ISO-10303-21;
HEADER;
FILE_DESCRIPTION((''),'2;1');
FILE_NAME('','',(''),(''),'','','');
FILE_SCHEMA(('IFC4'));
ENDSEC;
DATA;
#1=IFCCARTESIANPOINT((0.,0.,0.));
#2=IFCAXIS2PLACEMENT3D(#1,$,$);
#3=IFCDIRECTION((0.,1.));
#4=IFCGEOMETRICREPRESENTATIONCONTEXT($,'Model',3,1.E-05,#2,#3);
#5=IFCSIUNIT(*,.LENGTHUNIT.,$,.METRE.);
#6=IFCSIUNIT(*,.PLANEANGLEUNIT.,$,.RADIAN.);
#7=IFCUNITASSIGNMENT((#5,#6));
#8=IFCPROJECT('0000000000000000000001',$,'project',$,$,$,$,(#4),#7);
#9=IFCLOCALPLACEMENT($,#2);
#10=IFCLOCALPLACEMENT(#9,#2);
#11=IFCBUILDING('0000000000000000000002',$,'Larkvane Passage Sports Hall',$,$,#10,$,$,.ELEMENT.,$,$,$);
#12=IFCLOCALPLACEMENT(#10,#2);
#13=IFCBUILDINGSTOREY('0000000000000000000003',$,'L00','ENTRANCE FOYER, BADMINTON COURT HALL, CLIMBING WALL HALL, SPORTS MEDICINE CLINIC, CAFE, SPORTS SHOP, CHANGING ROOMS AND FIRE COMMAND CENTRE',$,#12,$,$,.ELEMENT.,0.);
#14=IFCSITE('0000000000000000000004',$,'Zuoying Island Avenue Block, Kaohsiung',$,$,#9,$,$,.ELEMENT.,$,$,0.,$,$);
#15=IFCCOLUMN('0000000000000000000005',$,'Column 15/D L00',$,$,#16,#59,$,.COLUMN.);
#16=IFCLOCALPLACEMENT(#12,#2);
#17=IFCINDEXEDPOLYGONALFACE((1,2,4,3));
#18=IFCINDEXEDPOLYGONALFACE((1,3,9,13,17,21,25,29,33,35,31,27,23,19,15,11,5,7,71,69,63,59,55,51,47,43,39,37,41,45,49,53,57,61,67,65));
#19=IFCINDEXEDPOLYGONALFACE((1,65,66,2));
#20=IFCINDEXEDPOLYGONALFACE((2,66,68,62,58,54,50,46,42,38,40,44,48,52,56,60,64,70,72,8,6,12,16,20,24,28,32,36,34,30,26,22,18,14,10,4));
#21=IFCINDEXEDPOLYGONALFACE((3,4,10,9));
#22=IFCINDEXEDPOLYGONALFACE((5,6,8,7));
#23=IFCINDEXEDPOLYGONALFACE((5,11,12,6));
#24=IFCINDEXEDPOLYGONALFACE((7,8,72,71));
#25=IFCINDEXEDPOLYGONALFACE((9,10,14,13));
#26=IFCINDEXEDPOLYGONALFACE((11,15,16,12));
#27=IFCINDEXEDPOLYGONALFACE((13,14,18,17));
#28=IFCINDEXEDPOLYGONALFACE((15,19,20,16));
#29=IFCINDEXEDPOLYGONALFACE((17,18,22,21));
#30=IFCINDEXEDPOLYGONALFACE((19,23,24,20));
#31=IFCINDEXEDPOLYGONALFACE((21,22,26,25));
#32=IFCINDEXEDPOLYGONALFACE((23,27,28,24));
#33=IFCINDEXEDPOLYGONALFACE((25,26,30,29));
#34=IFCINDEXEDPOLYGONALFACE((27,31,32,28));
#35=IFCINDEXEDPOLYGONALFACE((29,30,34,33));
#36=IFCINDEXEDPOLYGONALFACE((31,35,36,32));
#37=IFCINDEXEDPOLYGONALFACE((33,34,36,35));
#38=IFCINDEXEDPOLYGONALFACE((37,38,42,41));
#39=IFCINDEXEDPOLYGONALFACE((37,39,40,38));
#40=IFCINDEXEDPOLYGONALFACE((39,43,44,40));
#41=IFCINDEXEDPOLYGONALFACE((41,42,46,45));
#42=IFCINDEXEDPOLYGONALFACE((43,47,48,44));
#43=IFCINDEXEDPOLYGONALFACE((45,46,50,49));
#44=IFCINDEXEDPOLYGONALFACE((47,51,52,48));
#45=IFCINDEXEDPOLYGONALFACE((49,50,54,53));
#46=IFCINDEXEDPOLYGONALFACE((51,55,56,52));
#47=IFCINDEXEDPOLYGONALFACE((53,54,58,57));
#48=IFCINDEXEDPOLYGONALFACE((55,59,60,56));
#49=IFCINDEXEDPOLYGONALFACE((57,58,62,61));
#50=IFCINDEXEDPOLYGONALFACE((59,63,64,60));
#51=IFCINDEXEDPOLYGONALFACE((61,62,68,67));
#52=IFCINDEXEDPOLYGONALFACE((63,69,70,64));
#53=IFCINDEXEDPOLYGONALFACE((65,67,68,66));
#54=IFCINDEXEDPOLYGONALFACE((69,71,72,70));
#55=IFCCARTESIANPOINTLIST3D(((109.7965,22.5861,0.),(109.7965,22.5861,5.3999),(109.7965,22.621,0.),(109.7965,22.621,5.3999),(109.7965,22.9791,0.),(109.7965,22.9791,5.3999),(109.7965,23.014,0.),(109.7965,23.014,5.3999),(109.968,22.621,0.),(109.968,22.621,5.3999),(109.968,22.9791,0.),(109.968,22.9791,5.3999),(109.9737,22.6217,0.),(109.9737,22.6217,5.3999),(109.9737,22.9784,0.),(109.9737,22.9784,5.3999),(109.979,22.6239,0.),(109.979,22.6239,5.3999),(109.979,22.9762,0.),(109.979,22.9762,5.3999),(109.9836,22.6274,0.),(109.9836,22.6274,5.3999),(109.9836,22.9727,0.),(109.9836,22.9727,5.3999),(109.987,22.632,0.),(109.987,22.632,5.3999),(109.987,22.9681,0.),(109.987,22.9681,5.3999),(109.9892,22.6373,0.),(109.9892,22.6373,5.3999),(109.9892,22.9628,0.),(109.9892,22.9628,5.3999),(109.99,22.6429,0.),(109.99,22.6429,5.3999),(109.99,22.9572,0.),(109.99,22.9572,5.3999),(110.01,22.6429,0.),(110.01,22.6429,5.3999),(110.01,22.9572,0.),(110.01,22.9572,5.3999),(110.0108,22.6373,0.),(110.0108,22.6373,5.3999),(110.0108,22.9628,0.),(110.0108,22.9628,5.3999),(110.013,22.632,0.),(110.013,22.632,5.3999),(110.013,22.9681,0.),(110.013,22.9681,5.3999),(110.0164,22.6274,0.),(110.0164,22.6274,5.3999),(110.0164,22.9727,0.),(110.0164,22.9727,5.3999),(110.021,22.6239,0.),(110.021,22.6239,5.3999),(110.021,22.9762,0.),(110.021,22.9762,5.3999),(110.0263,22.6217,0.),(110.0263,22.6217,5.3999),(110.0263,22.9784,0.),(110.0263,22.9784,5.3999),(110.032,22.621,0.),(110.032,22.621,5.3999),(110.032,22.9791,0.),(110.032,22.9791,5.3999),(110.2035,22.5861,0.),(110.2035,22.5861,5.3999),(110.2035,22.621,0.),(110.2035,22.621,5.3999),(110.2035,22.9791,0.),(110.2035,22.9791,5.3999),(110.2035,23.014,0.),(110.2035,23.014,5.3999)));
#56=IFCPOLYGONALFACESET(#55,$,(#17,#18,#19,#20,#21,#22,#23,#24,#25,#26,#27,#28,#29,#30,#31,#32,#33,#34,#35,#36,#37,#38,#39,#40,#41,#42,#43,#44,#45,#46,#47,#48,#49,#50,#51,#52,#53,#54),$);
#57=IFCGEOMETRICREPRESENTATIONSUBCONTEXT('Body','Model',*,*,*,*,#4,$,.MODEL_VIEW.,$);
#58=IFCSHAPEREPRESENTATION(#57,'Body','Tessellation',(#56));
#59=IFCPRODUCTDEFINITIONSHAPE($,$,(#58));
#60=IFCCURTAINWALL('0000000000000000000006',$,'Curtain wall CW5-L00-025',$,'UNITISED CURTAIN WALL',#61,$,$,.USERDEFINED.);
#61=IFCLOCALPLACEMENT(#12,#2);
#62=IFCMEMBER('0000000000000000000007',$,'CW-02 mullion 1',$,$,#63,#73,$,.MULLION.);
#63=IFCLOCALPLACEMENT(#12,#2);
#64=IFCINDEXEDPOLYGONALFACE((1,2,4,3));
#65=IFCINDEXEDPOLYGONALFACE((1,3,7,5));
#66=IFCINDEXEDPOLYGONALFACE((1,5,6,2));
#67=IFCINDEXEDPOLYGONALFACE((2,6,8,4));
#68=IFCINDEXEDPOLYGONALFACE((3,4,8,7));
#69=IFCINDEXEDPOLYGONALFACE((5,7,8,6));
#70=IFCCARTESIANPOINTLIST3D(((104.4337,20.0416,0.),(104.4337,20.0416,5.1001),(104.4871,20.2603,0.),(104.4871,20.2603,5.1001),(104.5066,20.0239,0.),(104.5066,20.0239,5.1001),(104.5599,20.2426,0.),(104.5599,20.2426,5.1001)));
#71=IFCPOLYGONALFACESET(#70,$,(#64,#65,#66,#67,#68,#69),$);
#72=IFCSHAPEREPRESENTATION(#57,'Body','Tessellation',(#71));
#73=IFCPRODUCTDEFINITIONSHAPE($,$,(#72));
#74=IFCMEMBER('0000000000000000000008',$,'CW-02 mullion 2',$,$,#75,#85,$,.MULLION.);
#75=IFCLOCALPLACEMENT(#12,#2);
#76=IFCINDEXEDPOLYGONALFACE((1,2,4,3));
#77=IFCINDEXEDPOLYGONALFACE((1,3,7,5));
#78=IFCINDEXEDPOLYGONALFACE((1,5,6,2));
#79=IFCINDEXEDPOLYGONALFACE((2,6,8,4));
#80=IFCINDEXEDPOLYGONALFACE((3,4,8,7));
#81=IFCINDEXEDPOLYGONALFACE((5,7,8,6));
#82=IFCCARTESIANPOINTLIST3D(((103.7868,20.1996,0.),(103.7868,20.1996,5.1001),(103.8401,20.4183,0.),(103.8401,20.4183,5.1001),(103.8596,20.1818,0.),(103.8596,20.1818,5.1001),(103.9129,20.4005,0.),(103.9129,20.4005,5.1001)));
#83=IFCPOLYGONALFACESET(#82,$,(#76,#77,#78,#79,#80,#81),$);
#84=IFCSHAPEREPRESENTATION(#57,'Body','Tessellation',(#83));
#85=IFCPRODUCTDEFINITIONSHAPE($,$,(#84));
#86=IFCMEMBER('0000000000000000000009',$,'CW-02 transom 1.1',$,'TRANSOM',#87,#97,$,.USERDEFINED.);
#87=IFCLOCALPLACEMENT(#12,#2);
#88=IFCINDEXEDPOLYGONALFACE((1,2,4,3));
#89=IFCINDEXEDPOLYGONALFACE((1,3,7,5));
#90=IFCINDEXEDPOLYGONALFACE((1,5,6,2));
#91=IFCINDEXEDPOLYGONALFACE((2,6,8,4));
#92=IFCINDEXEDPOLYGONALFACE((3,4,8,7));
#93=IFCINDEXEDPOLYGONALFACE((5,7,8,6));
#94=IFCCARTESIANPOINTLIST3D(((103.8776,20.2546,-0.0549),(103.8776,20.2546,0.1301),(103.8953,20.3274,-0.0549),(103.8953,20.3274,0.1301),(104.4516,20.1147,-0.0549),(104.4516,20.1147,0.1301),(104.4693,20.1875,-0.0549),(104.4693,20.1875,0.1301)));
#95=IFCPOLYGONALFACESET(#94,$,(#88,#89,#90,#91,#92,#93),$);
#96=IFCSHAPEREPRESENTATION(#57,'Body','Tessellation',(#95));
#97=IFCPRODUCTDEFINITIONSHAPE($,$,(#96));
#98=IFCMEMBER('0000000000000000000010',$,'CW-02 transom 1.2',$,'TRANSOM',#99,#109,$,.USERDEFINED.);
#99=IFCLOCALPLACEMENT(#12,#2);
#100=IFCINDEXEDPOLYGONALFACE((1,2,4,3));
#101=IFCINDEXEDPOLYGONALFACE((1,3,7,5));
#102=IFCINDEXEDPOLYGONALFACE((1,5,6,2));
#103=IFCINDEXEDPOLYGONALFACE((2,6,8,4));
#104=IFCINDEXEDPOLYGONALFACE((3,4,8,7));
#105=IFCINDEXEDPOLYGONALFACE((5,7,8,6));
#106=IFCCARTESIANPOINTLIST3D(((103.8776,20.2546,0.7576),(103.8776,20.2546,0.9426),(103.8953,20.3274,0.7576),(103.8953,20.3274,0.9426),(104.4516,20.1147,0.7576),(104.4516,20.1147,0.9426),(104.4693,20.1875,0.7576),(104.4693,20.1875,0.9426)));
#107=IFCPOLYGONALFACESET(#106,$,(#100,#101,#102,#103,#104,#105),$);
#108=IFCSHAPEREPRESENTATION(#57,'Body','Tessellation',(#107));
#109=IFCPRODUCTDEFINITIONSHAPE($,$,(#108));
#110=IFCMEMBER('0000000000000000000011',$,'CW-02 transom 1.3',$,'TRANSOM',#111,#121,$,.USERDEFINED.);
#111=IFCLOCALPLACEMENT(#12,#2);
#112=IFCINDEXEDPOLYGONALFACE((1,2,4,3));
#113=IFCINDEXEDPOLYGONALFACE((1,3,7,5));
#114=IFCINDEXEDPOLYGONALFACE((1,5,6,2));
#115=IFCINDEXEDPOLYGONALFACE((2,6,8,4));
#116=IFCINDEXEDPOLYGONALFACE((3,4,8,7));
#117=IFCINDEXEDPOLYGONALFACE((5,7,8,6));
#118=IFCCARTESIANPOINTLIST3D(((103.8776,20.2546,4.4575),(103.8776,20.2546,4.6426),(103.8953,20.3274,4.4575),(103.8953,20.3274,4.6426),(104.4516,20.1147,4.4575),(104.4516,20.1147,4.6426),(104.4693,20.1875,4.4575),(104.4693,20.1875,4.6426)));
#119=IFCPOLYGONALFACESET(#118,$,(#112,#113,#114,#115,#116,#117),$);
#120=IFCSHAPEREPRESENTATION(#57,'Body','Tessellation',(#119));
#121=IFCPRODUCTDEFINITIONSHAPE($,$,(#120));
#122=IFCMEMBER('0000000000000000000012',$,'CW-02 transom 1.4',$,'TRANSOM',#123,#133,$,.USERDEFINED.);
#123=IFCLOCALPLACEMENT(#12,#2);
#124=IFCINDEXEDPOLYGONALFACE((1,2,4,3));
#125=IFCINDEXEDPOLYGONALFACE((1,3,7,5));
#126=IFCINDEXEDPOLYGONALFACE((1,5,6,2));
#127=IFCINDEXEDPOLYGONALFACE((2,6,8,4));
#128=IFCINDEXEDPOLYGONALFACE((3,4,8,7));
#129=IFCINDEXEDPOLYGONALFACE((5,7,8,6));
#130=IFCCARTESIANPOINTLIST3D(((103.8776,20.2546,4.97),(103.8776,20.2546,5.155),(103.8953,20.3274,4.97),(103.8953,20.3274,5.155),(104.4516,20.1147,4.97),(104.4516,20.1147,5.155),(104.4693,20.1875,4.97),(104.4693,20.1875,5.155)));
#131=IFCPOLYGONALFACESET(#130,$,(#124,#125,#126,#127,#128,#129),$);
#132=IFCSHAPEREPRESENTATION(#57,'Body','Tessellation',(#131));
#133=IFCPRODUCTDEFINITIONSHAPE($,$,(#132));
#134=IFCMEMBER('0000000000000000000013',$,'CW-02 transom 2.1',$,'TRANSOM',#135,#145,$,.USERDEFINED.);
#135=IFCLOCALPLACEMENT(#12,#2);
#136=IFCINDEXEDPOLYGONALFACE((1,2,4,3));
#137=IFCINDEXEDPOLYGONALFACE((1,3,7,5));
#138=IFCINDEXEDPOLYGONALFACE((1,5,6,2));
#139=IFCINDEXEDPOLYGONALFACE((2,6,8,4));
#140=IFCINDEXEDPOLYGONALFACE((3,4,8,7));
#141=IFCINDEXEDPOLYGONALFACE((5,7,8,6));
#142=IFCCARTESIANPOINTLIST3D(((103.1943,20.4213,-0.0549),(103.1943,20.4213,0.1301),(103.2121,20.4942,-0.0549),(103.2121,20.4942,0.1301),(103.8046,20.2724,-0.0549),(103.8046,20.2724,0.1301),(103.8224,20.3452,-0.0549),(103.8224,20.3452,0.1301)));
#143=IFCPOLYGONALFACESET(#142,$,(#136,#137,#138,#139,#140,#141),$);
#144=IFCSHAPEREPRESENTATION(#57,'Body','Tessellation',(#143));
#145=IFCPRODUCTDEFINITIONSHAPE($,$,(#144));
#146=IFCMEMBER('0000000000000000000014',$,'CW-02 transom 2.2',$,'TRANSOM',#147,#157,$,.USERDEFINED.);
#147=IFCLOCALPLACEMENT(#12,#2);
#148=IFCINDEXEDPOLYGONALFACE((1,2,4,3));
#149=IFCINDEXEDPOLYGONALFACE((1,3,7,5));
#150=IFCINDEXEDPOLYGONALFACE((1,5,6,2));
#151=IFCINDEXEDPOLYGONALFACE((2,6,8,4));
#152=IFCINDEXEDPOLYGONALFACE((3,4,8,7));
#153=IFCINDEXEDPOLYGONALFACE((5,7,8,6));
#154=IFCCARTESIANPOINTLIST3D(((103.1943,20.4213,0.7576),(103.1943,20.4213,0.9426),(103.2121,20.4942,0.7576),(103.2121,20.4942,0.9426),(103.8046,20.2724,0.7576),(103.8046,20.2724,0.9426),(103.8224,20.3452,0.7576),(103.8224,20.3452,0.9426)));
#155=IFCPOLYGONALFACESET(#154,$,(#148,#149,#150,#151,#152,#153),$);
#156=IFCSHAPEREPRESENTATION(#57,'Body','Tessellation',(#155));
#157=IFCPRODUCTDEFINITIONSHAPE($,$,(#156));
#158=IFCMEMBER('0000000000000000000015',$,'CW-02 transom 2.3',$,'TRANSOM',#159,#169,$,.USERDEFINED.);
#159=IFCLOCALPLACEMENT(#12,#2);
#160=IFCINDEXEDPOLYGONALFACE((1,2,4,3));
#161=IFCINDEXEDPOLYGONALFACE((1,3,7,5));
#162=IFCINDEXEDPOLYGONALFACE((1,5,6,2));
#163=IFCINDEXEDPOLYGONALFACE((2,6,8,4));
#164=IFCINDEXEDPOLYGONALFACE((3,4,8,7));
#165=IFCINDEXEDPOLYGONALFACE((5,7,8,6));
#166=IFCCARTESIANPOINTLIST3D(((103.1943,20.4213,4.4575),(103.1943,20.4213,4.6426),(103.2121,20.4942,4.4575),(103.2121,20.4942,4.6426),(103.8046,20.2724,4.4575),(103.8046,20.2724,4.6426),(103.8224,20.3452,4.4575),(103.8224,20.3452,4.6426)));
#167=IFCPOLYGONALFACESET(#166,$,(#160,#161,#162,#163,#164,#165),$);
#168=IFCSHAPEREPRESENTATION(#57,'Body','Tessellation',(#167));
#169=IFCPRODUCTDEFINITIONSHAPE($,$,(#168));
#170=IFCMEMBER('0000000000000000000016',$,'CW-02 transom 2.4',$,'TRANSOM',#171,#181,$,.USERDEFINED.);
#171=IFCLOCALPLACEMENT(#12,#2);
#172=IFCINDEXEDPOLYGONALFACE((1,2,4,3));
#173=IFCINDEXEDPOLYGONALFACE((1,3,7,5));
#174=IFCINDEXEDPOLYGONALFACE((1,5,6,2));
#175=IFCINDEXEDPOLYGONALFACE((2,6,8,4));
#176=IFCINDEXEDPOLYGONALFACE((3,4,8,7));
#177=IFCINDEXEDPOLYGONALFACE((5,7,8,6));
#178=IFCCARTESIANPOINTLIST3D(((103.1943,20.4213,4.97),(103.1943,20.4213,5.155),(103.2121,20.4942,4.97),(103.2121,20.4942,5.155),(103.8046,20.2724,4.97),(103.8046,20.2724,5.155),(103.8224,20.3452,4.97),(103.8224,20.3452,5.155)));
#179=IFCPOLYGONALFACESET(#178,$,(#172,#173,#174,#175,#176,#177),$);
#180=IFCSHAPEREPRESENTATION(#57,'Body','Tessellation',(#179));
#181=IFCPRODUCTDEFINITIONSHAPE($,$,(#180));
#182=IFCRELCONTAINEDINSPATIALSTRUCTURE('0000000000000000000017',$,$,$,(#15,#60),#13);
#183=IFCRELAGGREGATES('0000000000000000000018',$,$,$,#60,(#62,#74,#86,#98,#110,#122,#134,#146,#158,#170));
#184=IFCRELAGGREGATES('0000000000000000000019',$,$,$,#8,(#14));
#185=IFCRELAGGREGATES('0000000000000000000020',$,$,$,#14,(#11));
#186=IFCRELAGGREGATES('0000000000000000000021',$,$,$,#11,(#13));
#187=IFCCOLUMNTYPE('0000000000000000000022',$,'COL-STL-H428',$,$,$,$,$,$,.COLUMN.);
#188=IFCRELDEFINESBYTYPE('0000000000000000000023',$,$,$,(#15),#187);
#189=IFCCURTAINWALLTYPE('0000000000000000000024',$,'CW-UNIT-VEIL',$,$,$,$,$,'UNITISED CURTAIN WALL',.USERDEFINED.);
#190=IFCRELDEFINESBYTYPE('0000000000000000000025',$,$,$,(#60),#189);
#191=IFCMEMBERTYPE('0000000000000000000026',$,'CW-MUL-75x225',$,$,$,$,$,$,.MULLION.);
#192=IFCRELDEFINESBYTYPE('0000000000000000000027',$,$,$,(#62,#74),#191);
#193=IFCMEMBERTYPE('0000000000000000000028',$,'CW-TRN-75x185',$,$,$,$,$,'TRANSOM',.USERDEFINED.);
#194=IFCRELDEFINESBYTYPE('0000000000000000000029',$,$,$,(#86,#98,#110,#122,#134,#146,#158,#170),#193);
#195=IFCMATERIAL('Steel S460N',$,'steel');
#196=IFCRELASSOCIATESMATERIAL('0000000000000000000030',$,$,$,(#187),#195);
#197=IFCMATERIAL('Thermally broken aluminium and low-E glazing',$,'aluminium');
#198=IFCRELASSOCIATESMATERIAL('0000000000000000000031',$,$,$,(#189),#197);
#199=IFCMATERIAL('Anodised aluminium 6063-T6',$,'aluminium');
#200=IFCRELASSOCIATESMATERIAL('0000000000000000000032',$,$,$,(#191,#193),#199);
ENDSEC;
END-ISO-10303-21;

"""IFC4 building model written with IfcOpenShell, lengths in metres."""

from ifc_helpers import new_model, si_unit, direction, frame, origin, origin_2d, place, context, subcontext, project, spatial, rectangle, i_section, extrude, material, material_profile, profile_set, type_object, element, aggregate, save


model = new_model("IFC4")

# Units and contexts
model_context = context("Model", 3, precision=1e-05, world=origin(), true_north=direction((0.0, 1.0)))
body_context = subcontext(model_context, "Body", "Model", "MODEL_VIEW")
ifc_project = project(units=[si_unit("LENGTHUNIT", "METRE"), si_unit("PLANEANGLEUNIT", "RADIAN")], contexts=[model_context])

# Site, building, storey
site_placement = place(None, origin())
site = spatial("IfcSite", under=ifc_project, at=site_placement, Name="Zuoying Island Avenue Block, Kaohsiung", CompositionType="ELEMENT", RefElevation=0.0)
building_placement = place(site_placement, origin())
building = spatial("IfcBuilding", under=site, at=building_placement, Name="Larkvane Passage Sports Hall", CompositionType="ELEMENT")
storey_placement = place(building_placement, origin())
storey = spatial("IfcBuildingStorey", under=building, at=storey_placement, Name="L00", Description="ENTRANCE FOYER, BADMINTON COURT HALL, CLIMBING WALL HALL, SPORTS MEDICINE CLINIC, CAFE, SPORTS SHOP, CHANGING ROOMS AND FIRE COMMAND CENTRE", CompositionType="ELEMENT", Elevation=0.0)

# Column
ifc_material_1 = material(Name="Steel S460N", Category="steel")
ifc_material_profile_1 = material_profile(ifc_material_1, i_section(OverallWidth=0.407, OverallDepth=0.428, WebThickness=0.02, FlangeThickness=0.0349, FilletRadius=0.022, at=origin_2d()), Name="H-428x407x20x35")
ifc_profile_set_1 = profile_set([ifc_material_profile_1], Name="Steel S460N")
column_type = type_object("IfcColumnType", Name="COL-STL-H428", PredefinedType="COLUMN", material=ifc_profile_set_1)
column_placement = place(storey_placement, frame((110.0, 22.8, 0.0), z_axis=(0.0, 0.0, 1.0), x_axis=(1.0, 0.0, 0.0)))
element("IfcColumn", 1, at=column_placement, inside=storey, type_object=column_type, Name="Column 15/D L00", PredefinedType="COLUMN", context=body_context, shape_type="SweptSolid", body=[
    extrude(i_section(OverallWidth=0.407, OverallDepth=0.428, WebThickness=0.02, FlangeThickness=0.0349, FilletRadius=0.022, at=origin_2d()), origin(), (0.0, 0.0, 1.0), 5.3999),
])

# Curtain wall, members
ifc_material_2 = material(Name="Thermally broken aluminium and low-E glazing", Category="aluminium")
curtain_wall_type = type_object("IfcCurtainWallType", Name="CW-UNIT-VEIL", ElementType="UNITISED CURTAIN WALL", PredefinedType="USERDEFINED", material=ifc_material_2)
curtain_wall_placement = place(storey_placement, origin())
curtain_wall = element("IfcCurtainWall", 2, at=curtain_wall_placement, inside=storey, type_object=curtain_wall_type, Name="Curtain wall CW5-L00-025", ObjectType="UNITISED CURTAIN WALL", PredefinedType="USERDEFINED")
ifc_material_3 = material(Name="Anodised aluminium 6063-T6", Category="aluminium")
ifc_material_profile_2 = material_profile(ifc_material_3, rectangle(XDim=0.075, YDim=0.2251, at=origin_2d()), Name="ALU-MUL-75x225")
ifc_profile_set_2 = profile_set([ifc_material_profile_2], Name="Anodised aluminium 6063-T6")
member_type_1 = type_object("IfcMemberType", Name="CW-MUL-75x225", PredefinedType="MULLION", material=ifc_profile_set_2)
member_1_placement = place(storey_placement, frame((104.4968, 20.1421, 0.0), z_axis=(0.0, 0.0, 1.0), x_axis=(-0.971517, 0.23697, 0.0)))
member_1 = element("IfcMember", 3, at=member_1_placement, type_object=member_type_1, Name="CW-02 mullion 1", PredefinedType="MULLION", context=body_context, shape_type="SweptSolid", body=[
    extrude(rectangle(XDim=0.075, YDim=0.2251, at=origin_2d()), origin(), (0.0, 0.0, 1.0), 5.1001),
])
member_2_placement = place(storey_placement, frame((103.8499, 20.3, 0.0), z_axis=(0.0, 0.0, 1.0), x_axis=(-0.971517, 0.23697, 0.0)))
member_2 = element("IfcMember", 4, at=member_2_placement, type_object=member_type_1, Name="CW-02 mullion 2", PredefinedType="MULLION", context=body_context, shape_type="SweptSolid", body=[
    extrude(rectangle(XDim=0.075, YDim=0.2251, at=origin_2d()), origin(), (0.0, 0.0, 1.0), 5.1001),
])
ifc_material_profile_3 = material_profile(ifc_material_3, rectangle(XDim=0.075, YDim=0.1851, at=origin_2d()), Name="ALU-TRN-75x185")
ifc_profile_set_3 = profile_set([ifc_material_profile_3], Name="Anodised aluminium 6063-T6")
member_type_2 = type_object("IfcMemberType", Name="CW-TRN-75x185", ElementType="TRANSOM", PredefinedType="USERDEFINED", material=ifc_profile_set_3)
member_3_placement = place(storey_placement, frame((104.4604, 20.1511, 0.0376), z_axis=(-0.97156, 0.236794, 0.0), x_axis=(-0.236794, -0.97156, 0.0)))
member_3 = element("IfcMember", 5, at=member_3_placement, type_object=member_type_2, Name="CW-02 transom 1.1", ObjectType="TRANSOM", PredefinedType="USERDEFINED", context=body_context, shape_type="SweptSolid", body=[
    extrude(rectangle(XDim=0.075, YDim=0.1851, at=origin_2d()), origin(), (0.0, 0.0, 1.0), 0.5908),
])
member_4_placement = place(storey_placement, frame((104.4604, 20.1511, 0.8501), z_axis=(-0.97156, 0.236794, 0.0), x_axis=(-0.236794, -0.97156, 0.0)))
member_4 = element("IfcMember", 6, at=member_4_placement, type_object=member_type_2, Name="CW-02 transom 1.2", ObjectType="TRANSOM", PredefinedType="USERDEFINED", context=body_context, shape_type="SweptSolid", body=[
    extrude(rectangle(XDim=0.075, YDim=0.1851, at=origin_2d()), origin(), (0.0, 0.0, 1.0), 0.5908),
])
member_5_placement = place(storey_placement, frame((104.4604, 20.1511, 4.55), z_axis=(-0.97156, 0.236794, 0.0), x_axis=(-0.236794, -0.97156, 0.0)))
member_5 = element("IfcMember", 7, at=member_5_placement, type_object=member_type_2, Name="CW-02 transom 1.3", ObjectType="TRANSOM", PredefinedType="USERDEFINED", context=body_context, shape_type="SweptSolid", body=[
    extrude(rectangle(XDim=0.075, YDim=0.1851, at=origin_2d()), origin(), (0.0, 0.0, 1.0), 0.5908),
])
member_6_placement = place(storey_placement, frame((104.4604, 20.1511, 5.0625), z_axis=(-0.97156, 0.236794, 0.0), x_axis=(-0.236794, -0.97156, 0.0)))
member_6 = element("IfcMember", 8, at=member_6_placement, type_object=member_type_2, Name="CW-02 transom 1.4", ObjectType="TRANSOM", PredefinedType="USERDEFINED", context=body_context, shape_type="SweptSolid", body=[
    extrude(rectangle(XDim=0.075, YDim=0.1851, at=origin_2d()), origin(), (0.0, 0.0, 1.0), 0.5908),
])
member_7_placement = place(storey_placement, frame((103.8135, 20.3088, 0.0376), z_axis=(-0.971499, 0.237046, 0.0), x_axis=(-0.237046, -0.971499, 0.0)))
member_7 = element("IfcMember", 9, at=member_7_placement, type_object=member_type_2, Name="CW-02 transom 2.1", ObjectType="TRANSOM", PredefinedType="USERDEFINED", context=body_context, shape_type="SweptSolid", body=[
    extrude(rectangle(XDim=0.075, YDim=0.1851, at=origin_2d()), origin(), (0.0, 0.0, 1.0), 0.6282),
])
member_8_placement = place(storey_placement, frame((103.8135, 20.3088, 0.8501), z_axis=(-0.971499, 0.237046, 0.0), x_axis=(-0.237046, -0.971499, 0.0)))
member_8 = element("IfcMember", 10, at=member_8_placement, type_object=member_type_2, Name="CW-02 transom 2.2", ObjectType="TRANSOM", PredefinedType="USERDEFINED", context=body_context, shape_type="SweptSolid", body=[
    extrude(rectangle(XDim=0.075, YDim=0.1851, at=origin_2d()), origin(), (0.0, 0.0, 1.0), 0.6282),
])
member_9_placement = place(storey_placement, frame((103.8135, 20.3088, 4.55), z_axis=(-0.971499, 0.237046, 0.0), x_axis=(-0.237046, -0.971499, 0.0)))
member_9 = element("IfcMember", 11, at=member_9_placement, type_object=member_type_2, Name="CW-02 transom 2.3", ObjectType="TRANSOM", PredefinedType="USERDEFINED", context=body_context, shape_type="SweptSolid", body=[
    extrude(rectangle(XDim=0.075, YDim=0.1851, at=origin_2d()), origin(), (0.0, 0.0, 1.0), 0.6282),
])
member_10_placement = place(storey_placement, frame((103.8135, 20.3088, 5.0625), z_axis=(-0.971499, 0.237046, 0.0), x_axis=(-0.237046, -0.971499, 0.0)))
member_10 = element("IfcMember", 12, at=member_10_placement, type_object=member_type_2, Name="CW-02 transom 2.4", ObjectType="TRANSOM", PredefinedType="USERDEFINED", context=body_context, shape_type="SweptSolid", body=[
    extrude(rectangle(XDim=0.075, YDim=0.1851, at=origin_2d()), origin(), (0.0, 0.0, 1.0), 0.6282),
])
aggregate(curtain_wall, [member_1, member_2, member_3, member_4, member_5, member_6, member_7, member_8, member_9, member_10])

save(model, "model.ifc")
